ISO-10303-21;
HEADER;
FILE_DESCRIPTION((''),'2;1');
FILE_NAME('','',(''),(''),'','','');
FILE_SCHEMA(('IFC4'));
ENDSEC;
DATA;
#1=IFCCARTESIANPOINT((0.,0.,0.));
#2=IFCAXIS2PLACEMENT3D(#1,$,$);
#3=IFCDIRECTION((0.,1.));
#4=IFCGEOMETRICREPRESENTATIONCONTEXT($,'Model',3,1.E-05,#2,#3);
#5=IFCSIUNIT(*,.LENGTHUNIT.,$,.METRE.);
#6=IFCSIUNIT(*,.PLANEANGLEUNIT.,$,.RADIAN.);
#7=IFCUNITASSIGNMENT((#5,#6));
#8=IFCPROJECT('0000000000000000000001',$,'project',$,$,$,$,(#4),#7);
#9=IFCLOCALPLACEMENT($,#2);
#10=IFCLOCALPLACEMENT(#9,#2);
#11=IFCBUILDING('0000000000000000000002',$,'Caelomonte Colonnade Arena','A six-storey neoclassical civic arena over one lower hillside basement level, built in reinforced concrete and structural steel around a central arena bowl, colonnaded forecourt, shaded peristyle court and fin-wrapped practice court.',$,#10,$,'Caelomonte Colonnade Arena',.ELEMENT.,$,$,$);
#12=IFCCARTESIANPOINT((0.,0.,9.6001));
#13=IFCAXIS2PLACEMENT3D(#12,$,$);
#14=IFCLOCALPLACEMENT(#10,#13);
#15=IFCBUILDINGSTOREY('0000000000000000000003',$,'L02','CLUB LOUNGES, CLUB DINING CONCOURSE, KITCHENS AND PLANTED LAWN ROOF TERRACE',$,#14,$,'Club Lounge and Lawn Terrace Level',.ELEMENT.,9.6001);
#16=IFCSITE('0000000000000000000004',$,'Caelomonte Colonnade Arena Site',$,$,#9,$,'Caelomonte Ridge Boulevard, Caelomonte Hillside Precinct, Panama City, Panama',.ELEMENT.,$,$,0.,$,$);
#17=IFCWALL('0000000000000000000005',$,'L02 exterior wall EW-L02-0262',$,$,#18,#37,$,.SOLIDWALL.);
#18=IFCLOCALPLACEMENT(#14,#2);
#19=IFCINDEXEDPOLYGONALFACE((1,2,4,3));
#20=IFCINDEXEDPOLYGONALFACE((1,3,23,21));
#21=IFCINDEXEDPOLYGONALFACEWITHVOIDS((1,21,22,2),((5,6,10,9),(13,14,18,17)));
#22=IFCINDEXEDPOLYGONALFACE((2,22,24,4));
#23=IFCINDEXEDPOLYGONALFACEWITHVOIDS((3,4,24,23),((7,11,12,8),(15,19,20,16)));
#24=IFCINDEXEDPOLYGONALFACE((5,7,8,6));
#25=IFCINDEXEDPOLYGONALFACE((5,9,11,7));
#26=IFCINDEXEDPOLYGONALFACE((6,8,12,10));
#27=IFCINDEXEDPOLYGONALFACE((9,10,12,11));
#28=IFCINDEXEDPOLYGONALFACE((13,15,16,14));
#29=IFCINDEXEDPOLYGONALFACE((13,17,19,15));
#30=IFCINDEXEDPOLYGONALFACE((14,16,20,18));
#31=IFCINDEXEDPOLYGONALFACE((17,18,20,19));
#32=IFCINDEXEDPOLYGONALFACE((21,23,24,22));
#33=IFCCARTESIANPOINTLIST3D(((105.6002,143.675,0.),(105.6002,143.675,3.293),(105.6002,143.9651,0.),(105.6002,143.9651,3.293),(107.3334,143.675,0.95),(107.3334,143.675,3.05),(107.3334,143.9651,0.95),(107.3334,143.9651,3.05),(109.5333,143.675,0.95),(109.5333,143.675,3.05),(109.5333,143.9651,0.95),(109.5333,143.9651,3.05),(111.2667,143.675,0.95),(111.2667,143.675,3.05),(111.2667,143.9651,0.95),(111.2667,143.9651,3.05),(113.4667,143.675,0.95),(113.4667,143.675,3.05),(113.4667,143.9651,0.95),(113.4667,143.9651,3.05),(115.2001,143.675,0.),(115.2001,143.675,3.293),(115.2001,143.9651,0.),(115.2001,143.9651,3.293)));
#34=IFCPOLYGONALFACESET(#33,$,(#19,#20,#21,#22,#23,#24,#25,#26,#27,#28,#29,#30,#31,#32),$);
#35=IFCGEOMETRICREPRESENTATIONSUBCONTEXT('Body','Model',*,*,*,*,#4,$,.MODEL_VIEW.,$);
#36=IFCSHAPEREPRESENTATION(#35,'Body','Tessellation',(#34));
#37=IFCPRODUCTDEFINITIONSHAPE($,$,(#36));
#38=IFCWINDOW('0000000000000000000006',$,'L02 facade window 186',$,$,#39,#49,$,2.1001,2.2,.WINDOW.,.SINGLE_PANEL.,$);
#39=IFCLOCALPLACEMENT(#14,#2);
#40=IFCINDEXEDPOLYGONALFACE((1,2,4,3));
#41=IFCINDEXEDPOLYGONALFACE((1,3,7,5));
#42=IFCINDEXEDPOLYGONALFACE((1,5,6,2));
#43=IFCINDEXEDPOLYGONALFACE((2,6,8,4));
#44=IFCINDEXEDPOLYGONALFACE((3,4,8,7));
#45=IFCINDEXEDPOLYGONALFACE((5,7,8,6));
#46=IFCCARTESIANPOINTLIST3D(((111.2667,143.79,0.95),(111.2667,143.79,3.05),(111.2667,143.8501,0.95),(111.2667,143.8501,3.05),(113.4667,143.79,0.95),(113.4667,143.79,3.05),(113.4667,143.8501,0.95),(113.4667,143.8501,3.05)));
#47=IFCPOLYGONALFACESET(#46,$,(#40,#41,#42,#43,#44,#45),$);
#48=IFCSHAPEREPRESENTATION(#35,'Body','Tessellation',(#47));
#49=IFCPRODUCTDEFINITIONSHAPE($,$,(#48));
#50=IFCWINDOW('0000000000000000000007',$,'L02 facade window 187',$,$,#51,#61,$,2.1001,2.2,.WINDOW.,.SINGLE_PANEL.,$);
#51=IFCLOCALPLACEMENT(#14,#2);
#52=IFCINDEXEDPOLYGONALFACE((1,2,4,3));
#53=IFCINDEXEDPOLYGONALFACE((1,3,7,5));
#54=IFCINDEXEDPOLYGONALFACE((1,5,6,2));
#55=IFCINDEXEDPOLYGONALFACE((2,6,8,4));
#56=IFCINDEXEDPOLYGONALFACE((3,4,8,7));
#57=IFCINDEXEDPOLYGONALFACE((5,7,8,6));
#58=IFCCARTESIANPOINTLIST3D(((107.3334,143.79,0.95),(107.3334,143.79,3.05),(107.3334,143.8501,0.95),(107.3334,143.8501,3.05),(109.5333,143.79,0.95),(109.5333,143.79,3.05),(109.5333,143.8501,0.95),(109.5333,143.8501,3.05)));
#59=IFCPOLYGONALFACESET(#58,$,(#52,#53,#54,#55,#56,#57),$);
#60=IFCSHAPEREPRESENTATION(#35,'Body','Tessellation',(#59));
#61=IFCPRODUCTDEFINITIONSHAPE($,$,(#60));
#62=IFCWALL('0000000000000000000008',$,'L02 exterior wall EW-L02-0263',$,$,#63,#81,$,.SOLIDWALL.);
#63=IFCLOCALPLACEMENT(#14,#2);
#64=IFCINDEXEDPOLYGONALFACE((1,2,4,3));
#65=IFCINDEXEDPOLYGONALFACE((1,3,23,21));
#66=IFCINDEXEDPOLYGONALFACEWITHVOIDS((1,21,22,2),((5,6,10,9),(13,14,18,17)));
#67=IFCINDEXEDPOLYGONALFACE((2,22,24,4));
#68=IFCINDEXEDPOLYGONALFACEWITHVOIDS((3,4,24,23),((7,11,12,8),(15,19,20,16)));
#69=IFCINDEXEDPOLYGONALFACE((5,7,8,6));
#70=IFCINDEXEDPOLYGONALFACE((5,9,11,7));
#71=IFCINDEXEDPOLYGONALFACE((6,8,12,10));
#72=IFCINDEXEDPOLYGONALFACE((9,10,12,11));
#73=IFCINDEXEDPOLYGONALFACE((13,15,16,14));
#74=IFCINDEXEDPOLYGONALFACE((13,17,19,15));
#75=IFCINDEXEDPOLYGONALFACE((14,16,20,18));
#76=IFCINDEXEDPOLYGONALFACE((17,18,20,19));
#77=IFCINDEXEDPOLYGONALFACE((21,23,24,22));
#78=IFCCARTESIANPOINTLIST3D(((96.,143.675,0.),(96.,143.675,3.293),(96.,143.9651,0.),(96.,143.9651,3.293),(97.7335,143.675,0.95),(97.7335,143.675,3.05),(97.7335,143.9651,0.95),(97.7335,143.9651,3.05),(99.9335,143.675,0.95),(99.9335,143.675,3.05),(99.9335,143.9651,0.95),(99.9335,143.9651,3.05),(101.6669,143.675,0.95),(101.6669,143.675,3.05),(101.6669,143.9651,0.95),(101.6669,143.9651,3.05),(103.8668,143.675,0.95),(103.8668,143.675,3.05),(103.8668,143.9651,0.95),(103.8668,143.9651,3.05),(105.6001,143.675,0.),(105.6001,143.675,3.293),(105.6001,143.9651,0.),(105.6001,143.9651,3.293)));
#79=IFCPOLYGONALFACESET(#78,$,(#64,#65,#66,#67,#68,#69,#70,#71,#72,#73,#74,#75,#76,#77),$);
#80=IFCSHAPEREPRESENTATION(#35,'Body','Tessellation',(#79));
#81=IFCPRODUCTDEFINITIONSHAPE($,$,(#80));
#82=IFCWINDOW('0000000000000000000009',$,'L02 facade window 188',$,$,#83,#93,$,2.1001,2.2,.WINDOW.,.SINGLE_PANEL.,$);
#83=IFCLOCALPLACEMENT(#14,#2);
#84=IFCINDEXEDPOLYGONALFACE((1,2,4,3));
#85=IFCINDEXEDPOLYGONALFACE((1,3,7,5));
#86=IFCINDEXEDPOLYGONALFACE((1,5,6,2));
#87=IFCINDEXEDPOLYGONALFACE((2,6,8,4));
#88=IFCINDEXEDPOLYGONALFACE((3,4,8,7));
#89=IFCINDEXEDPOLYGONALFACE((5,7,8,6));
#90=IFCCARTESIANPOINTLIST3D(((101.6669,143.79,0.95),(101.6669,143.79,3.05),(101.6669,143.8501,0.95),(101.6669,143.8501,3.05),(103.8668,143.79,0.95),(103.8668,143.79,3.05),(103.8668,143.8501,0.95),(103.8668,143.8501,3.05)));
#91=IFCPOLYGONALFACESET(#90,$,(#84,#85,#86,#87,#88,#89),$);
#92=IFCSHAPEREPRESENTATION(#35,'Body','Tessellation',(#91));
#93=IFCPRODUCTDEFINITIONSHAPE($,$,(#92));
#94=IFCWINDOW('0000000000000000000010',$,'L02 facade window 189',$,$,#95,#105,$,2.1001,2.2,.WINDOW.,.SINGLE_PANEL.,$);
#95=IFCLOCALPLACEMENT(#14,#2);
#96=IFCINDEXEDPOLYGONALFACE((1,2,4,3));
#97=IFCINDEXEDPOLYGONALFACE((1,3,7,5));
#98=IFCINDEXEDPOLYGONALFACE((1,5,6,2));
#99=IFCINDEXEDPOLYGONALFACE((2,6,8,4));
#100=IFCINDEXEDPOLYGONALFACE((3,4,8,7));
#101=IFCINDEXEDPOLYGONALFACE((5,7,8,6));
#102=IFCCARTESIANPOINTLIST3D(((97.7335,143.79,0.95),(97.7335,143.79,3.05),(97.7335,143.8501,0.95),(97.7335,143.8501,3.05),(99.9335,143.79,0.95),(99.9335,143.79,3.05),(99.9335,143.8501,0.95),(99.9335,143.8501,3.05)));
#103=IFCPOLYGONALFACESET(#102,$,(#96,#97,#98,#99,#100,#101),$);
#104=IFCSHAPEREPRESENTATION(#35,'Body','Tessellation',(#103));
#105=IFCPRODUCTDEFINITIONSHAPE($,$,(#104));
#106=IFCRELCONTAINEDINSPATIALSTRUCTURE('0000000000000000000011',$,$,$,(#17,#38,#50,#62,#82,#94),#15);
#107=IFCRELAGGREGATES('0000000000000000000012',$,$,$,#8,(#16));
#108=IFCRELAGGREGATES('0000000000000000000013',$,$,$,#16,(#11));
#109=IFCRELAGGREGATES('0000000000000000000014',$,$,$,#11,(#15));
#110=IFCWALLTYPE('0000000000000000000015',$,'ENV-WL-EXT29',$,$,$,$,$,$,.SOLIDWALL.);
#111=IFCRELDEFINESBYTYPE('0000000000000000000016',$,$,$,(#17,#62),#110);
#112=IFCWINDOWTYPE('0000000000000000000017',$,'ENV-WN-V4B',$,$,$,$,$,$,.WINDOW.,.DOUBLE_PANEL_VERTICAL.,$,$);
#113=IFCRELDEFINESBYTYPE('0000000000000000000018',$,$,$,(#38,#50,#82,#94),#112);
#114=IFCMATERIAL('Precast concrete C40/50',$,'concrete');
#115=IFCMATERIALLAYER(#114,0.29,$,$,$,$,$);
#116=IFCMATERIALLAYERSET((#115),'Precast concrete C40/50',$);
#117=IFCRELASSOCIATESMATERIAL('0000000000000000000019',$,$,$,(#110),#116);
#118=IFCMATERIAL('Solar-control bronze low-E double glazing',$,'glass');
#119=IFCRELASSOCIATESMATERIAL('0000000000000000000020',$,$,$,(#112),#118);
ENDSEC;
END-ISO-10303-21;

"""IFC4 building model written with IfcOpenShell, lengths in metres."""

from ifc_helpers import new_model, si_unit, direction, frame, frame_2d, origin, place, context, subcontext, project, spatial, rectangle, extrude, material, layer, layer_set, type_object, element, fill, save


model = new_model("IFC4")

# Units and contexts
model_context = context("Model", 3, precision=1e-05, world=origin(), true_north=direction((0.0, 1.0)))
body_context = subcontext(model_context, "Body", "Model", "MODEL_VIEW")
ifc_project = project(units=[si_unit("LENGTHUNIT", "METRE"), si_unit("PLANEANGLEUNIT", "RADIAN")], contexts=[model_context])

# Site, building, storey
site_placement = place(None, origin())
site = spatial("IfcSite", under=ifc_project, at=site_placement, Name="Caelomonte Colonnade Arena Site", LongName="Caelomonte Ridge Boulevard, Caelomonte Hillside Precinct, Panama City, Panama", CompositionType="ELEMENT", RefElevation=0.0)
building_placement = place(site_placement, origin())
building = spatial("IfcBuilding", under=site, at=building_placement, Name="Caelomonte Colonnade Arena", Description="A six-storey neoclassical civic arena over one lower hillside basement level, built in reinforced concrete and structural steel around a central arena bowl, colonnaded forecourt, shaded peristyle court and fin-wrapped practice court.", LongName="Caelomonte Colonnade Arena", CompositionType="ELEMENT")
storey_placement = place(building_placement, frame((0.0, 0.0, 9.6001)))
storey = spatial("IfcBuildingStorey", under=building, at=storey_placement, Name="L02", Description="CLUB LOUNGES, CLUB DINING CONCOURSE, KITCHENS AND PLANTED LAWN ROOF TERRACE", LongName="Club Lounge and Lawn Terrace Level", CompositionType="ELEMENT", Elevation=9.6001)

# Shared definitions
ifc_material_1 = material(Name="Solar-control bronze low-E double glazing", Category="glass")

# Walls, openings, windows
ifc_material_2 = material(Name="Precast concrete C40/50", Category="concrete")
ifc_layer_1 = layer(ifc_material_2, 0.29)
ifc_layer_set_1 = layer_set([ifc_layer_1], Name="Precast concrete C40/50")
wall_type = type_object("IfcWallType", Name="ENV-WL-EXT29", PredefinedType="SOLIDWALL", material=ifc_layer_set_1)
wall_1_placement = place(storey_placement, frame((115.2, 143.8201, 0.0), z_axis=(0.0, 0.0, 1.0), x_axis=(-1.0, 0.0, 0.0)))
wall_1 = element("IfcWall", 1, at=wall_1_placement, inside=storey, type_object=wall_type, Name="L02 exterior wall EW-L02-0262", PredefinedType="SOLIDWALL", context=body_context, shape_type="SweptSolid", body=[
    extrude(rectangle(XDim=9.5999, YDim=0.29, at=frame_2d((4.7998, 0.0))), origin(), (0.0, 0.0, 1.0), 3.293),
])
opening_1_placement = place(wall_1_placement, frame((3.9333, 0.0, 0.95), z_axis=(0.0, 0.0, 1.0), x_axis=(-1.0, 0.0, 0.0)))
opening_1 = element("IfcOpeningElement", 2, at=opening_1_placement, cuts=wall_1, PredefinedType="OPENING", context=body_context, shape_type="SweptSolid", body=[
    extrude(rectangle(XDim=2.2, YDim=2.1001, at=frame_2d((1.1001, 1.05))), frame((0.0, 0.155, 0.0), z_axis=(0.0, -1.0, 0.0), x_axis=(1.0, 0.0, 0.0)), (0.0, 0.0, 1.0), 0.3101),
])
opening_2_placement = place(wall_1_placement, frame((7.8667, 0.0, 0.95), z_axis=(0.0, 0.0, 1.0), x_axis=(-1.0, 0.0, 0.0)))
opening_2 = element("IfcOpeningElement", 3, at=opening_2_placement, cuts=wall_1, PredefinedType="OPENING", context=body_context, shape_type="SweptSolid", body=[
    extrude(rectangle(XDim=2.2, YDim=2.1001, at=frame_2d((1.1001, 1.05))), frame((0.0, 0.155, 0.0), z_axis=(0.0, -1.0, 0.0), x_axis=(1.0, 0.0, 0.0)), (0.0, 0.0, 1.0), 0.3101),
])
window_type = type_object("IfcWindowType", Name="ENV-WN-V4B", PartitioningType="DOUBLE_PANEL_VERTICAL", PredefinedType="WINDOW", material=ifc_material_1)
window_1_placement = place(opening_1_placement, origin())
window_1 = element("IfcWindow", 4, at=window_1_placement, inside=storey, type_object=window_type, Name="L02 facade window 186", OverallHeight=2.1001, OverallWidth=2.2, PartitioningType="SINGLE_PANEL", PredefinedType="WINDOW", context=body_context, shape_type="SweptSolid", body=[
    extrude(rectangle(XDim=2.2, YDim=2.1001, at=frame_2d((1.1001, 1.05))), frame((0.0, 0.03, 0.0), z_axis=(0.0, -1.0, 0.0), x_axis=(1.0, 0.0, 0.0)), (0.0, 0.0, 1.0), 0.0601),
])
fill(opening_1, window_1)
window_2_placement = place(opening_2_placement, origin())
window_2 = element("IfcWindow", 5, at=window_2_placement, inside=storey, type_object=window_type, Name="L02 facade window 187", OverallHeight=2.1001, OverallWidth=2.2, PartitioningType="SINGLE_PANEL", PredefinedType="WINDOW", context=body_context, shape_type="SweptSolid", body=[
    extrude(rectangle(XDim=2.2, YDim=2.1001, at=frame_2d((1.1001, 1.05))), frame((0.0, 0.03, 0.0), z_axis=(0.0, -1.0, 0.0), x_axis=(1.0, 0.0, 0.0)), (0.0, 0.0, 1.0), 0.0601),
])
fill(opening_2, window_2)
wall_2_placement = place(storey_placement, frame((105.6001, 143.8201, 0.0), z_axis=(0.0, 0.0, 1.0), x_axis=(-1.0, 0.0, 0.0)))
wall_2 = element("IfcWall", 6, at=wall_2_placement, inside=storey, type_object=wall_type, Name="L02 exterior wall EW-L02-0263", PredefinedType="SOLIDWALL", context=body_context, shape_type="SweptSolid", body=[
    extrude(rectangle(XDim=9.6001, YDim=0.29, at=frame_2d((4.8, 0.0))), origin(), (0.0, 0.0, 1.0), 3.293),
])
opening_3_placement = place(wall_2_placement, frame((3.9333, 0.0, 0.95), z_axis=(0.0, 0.0, 1.0), x_axis=(-1.0, 0.0, 0.0)))
opening_3 = element("IfcOpeningElement", 7, at=opening_3_placement, cuts=wall_2, PredefinedType="OPENING", context=body_context, shape_type="SweptSolid", body=[
    extrude(rectangle(XDim=2.2, YDim=2.1001, at=frame_2d((1.1001, 1.05))), frame((0.0, 0.155, 0.0), z_axis=(0.0, -1.0, 0.0), x_axis=(1.0, 0.0, 0.0)), (0.0, 0.0, 1.0), 0.3101),
])
opening_4_placement = place(wall_2_placement, frame((7.8667, 0.0, 0.95), z_axis=(0.0, 0.0, 1.0), x_axis=(-1.0, 0.0, 0.0)))
opening_4 = element("IfcOpeningElement", 8, at=opening_4_placement, cuts=wall_2, PredefinedType="OPENING", context=body_context, shape_type="SweptSolid", body=[
    extrude(rectangle(XDim=2.2, YDim=2.1001, at=frame_2d((1.1001, 1.05))), frame((0.0, 0.155, 0.0), z_axis=(0.0, -1.0, 0.0), x_axis=(1.0, 0.0, 0.0)), (0.0, 0.0, 1.0), 0.3101),
])
window_3_placement = place(opening_3_placement, origin())
window_3 = element("IfcWindow", 9, at=window_3_placement, inside=storey, type_object=window_type, Name="L02 facade window 188", OverallHeight=2.1001, OverallWidth=2.2, PartitioningType="SINGLE_PANEL", PredefinedType="WINDOW", context=body_context, shape_type="SweptSolid", body=[
    extrude(rectangle(XDim=2.2, YDim=2.1001, at=frame_2d((1.1001, 1.05))), frame((0.0, 0.03, 0.0), z_axis=(0.0, -1.0, 0.0), x_axis=(1.0, 0.0, 0.0)), (0.0, 0.0, 1.0), 0.0601),
])
fill(opening_3, window_3)
window_4_placement = place(opening_4_placement, origin())
window_4 = element("IfcWindow", 10, at=window_4_placement, inside=storey, type_object=window_type, Name="L02 facade window 189", OverallHeight=2.1001, OverallWidth=2.2, PartitioningType="SINGLE_PANEL", PredefinedType="WINDOW", context=body_context, shape_type="SweptSolid", body=[
    extrude(rectangle(XDim=2.2, YDim=2.1001, at=frame_2d((1.1001, 1.05))), frame((0.0, 0.03, 0.0), z_axis=(0.0, -1.0, 0.0), x_axis=(1.0, 0.0, 0.0)), (0.0, 0.0, 1.0), 0.0601),
])
fill(opening_4, window_4)

save(model, "model.ifc")
